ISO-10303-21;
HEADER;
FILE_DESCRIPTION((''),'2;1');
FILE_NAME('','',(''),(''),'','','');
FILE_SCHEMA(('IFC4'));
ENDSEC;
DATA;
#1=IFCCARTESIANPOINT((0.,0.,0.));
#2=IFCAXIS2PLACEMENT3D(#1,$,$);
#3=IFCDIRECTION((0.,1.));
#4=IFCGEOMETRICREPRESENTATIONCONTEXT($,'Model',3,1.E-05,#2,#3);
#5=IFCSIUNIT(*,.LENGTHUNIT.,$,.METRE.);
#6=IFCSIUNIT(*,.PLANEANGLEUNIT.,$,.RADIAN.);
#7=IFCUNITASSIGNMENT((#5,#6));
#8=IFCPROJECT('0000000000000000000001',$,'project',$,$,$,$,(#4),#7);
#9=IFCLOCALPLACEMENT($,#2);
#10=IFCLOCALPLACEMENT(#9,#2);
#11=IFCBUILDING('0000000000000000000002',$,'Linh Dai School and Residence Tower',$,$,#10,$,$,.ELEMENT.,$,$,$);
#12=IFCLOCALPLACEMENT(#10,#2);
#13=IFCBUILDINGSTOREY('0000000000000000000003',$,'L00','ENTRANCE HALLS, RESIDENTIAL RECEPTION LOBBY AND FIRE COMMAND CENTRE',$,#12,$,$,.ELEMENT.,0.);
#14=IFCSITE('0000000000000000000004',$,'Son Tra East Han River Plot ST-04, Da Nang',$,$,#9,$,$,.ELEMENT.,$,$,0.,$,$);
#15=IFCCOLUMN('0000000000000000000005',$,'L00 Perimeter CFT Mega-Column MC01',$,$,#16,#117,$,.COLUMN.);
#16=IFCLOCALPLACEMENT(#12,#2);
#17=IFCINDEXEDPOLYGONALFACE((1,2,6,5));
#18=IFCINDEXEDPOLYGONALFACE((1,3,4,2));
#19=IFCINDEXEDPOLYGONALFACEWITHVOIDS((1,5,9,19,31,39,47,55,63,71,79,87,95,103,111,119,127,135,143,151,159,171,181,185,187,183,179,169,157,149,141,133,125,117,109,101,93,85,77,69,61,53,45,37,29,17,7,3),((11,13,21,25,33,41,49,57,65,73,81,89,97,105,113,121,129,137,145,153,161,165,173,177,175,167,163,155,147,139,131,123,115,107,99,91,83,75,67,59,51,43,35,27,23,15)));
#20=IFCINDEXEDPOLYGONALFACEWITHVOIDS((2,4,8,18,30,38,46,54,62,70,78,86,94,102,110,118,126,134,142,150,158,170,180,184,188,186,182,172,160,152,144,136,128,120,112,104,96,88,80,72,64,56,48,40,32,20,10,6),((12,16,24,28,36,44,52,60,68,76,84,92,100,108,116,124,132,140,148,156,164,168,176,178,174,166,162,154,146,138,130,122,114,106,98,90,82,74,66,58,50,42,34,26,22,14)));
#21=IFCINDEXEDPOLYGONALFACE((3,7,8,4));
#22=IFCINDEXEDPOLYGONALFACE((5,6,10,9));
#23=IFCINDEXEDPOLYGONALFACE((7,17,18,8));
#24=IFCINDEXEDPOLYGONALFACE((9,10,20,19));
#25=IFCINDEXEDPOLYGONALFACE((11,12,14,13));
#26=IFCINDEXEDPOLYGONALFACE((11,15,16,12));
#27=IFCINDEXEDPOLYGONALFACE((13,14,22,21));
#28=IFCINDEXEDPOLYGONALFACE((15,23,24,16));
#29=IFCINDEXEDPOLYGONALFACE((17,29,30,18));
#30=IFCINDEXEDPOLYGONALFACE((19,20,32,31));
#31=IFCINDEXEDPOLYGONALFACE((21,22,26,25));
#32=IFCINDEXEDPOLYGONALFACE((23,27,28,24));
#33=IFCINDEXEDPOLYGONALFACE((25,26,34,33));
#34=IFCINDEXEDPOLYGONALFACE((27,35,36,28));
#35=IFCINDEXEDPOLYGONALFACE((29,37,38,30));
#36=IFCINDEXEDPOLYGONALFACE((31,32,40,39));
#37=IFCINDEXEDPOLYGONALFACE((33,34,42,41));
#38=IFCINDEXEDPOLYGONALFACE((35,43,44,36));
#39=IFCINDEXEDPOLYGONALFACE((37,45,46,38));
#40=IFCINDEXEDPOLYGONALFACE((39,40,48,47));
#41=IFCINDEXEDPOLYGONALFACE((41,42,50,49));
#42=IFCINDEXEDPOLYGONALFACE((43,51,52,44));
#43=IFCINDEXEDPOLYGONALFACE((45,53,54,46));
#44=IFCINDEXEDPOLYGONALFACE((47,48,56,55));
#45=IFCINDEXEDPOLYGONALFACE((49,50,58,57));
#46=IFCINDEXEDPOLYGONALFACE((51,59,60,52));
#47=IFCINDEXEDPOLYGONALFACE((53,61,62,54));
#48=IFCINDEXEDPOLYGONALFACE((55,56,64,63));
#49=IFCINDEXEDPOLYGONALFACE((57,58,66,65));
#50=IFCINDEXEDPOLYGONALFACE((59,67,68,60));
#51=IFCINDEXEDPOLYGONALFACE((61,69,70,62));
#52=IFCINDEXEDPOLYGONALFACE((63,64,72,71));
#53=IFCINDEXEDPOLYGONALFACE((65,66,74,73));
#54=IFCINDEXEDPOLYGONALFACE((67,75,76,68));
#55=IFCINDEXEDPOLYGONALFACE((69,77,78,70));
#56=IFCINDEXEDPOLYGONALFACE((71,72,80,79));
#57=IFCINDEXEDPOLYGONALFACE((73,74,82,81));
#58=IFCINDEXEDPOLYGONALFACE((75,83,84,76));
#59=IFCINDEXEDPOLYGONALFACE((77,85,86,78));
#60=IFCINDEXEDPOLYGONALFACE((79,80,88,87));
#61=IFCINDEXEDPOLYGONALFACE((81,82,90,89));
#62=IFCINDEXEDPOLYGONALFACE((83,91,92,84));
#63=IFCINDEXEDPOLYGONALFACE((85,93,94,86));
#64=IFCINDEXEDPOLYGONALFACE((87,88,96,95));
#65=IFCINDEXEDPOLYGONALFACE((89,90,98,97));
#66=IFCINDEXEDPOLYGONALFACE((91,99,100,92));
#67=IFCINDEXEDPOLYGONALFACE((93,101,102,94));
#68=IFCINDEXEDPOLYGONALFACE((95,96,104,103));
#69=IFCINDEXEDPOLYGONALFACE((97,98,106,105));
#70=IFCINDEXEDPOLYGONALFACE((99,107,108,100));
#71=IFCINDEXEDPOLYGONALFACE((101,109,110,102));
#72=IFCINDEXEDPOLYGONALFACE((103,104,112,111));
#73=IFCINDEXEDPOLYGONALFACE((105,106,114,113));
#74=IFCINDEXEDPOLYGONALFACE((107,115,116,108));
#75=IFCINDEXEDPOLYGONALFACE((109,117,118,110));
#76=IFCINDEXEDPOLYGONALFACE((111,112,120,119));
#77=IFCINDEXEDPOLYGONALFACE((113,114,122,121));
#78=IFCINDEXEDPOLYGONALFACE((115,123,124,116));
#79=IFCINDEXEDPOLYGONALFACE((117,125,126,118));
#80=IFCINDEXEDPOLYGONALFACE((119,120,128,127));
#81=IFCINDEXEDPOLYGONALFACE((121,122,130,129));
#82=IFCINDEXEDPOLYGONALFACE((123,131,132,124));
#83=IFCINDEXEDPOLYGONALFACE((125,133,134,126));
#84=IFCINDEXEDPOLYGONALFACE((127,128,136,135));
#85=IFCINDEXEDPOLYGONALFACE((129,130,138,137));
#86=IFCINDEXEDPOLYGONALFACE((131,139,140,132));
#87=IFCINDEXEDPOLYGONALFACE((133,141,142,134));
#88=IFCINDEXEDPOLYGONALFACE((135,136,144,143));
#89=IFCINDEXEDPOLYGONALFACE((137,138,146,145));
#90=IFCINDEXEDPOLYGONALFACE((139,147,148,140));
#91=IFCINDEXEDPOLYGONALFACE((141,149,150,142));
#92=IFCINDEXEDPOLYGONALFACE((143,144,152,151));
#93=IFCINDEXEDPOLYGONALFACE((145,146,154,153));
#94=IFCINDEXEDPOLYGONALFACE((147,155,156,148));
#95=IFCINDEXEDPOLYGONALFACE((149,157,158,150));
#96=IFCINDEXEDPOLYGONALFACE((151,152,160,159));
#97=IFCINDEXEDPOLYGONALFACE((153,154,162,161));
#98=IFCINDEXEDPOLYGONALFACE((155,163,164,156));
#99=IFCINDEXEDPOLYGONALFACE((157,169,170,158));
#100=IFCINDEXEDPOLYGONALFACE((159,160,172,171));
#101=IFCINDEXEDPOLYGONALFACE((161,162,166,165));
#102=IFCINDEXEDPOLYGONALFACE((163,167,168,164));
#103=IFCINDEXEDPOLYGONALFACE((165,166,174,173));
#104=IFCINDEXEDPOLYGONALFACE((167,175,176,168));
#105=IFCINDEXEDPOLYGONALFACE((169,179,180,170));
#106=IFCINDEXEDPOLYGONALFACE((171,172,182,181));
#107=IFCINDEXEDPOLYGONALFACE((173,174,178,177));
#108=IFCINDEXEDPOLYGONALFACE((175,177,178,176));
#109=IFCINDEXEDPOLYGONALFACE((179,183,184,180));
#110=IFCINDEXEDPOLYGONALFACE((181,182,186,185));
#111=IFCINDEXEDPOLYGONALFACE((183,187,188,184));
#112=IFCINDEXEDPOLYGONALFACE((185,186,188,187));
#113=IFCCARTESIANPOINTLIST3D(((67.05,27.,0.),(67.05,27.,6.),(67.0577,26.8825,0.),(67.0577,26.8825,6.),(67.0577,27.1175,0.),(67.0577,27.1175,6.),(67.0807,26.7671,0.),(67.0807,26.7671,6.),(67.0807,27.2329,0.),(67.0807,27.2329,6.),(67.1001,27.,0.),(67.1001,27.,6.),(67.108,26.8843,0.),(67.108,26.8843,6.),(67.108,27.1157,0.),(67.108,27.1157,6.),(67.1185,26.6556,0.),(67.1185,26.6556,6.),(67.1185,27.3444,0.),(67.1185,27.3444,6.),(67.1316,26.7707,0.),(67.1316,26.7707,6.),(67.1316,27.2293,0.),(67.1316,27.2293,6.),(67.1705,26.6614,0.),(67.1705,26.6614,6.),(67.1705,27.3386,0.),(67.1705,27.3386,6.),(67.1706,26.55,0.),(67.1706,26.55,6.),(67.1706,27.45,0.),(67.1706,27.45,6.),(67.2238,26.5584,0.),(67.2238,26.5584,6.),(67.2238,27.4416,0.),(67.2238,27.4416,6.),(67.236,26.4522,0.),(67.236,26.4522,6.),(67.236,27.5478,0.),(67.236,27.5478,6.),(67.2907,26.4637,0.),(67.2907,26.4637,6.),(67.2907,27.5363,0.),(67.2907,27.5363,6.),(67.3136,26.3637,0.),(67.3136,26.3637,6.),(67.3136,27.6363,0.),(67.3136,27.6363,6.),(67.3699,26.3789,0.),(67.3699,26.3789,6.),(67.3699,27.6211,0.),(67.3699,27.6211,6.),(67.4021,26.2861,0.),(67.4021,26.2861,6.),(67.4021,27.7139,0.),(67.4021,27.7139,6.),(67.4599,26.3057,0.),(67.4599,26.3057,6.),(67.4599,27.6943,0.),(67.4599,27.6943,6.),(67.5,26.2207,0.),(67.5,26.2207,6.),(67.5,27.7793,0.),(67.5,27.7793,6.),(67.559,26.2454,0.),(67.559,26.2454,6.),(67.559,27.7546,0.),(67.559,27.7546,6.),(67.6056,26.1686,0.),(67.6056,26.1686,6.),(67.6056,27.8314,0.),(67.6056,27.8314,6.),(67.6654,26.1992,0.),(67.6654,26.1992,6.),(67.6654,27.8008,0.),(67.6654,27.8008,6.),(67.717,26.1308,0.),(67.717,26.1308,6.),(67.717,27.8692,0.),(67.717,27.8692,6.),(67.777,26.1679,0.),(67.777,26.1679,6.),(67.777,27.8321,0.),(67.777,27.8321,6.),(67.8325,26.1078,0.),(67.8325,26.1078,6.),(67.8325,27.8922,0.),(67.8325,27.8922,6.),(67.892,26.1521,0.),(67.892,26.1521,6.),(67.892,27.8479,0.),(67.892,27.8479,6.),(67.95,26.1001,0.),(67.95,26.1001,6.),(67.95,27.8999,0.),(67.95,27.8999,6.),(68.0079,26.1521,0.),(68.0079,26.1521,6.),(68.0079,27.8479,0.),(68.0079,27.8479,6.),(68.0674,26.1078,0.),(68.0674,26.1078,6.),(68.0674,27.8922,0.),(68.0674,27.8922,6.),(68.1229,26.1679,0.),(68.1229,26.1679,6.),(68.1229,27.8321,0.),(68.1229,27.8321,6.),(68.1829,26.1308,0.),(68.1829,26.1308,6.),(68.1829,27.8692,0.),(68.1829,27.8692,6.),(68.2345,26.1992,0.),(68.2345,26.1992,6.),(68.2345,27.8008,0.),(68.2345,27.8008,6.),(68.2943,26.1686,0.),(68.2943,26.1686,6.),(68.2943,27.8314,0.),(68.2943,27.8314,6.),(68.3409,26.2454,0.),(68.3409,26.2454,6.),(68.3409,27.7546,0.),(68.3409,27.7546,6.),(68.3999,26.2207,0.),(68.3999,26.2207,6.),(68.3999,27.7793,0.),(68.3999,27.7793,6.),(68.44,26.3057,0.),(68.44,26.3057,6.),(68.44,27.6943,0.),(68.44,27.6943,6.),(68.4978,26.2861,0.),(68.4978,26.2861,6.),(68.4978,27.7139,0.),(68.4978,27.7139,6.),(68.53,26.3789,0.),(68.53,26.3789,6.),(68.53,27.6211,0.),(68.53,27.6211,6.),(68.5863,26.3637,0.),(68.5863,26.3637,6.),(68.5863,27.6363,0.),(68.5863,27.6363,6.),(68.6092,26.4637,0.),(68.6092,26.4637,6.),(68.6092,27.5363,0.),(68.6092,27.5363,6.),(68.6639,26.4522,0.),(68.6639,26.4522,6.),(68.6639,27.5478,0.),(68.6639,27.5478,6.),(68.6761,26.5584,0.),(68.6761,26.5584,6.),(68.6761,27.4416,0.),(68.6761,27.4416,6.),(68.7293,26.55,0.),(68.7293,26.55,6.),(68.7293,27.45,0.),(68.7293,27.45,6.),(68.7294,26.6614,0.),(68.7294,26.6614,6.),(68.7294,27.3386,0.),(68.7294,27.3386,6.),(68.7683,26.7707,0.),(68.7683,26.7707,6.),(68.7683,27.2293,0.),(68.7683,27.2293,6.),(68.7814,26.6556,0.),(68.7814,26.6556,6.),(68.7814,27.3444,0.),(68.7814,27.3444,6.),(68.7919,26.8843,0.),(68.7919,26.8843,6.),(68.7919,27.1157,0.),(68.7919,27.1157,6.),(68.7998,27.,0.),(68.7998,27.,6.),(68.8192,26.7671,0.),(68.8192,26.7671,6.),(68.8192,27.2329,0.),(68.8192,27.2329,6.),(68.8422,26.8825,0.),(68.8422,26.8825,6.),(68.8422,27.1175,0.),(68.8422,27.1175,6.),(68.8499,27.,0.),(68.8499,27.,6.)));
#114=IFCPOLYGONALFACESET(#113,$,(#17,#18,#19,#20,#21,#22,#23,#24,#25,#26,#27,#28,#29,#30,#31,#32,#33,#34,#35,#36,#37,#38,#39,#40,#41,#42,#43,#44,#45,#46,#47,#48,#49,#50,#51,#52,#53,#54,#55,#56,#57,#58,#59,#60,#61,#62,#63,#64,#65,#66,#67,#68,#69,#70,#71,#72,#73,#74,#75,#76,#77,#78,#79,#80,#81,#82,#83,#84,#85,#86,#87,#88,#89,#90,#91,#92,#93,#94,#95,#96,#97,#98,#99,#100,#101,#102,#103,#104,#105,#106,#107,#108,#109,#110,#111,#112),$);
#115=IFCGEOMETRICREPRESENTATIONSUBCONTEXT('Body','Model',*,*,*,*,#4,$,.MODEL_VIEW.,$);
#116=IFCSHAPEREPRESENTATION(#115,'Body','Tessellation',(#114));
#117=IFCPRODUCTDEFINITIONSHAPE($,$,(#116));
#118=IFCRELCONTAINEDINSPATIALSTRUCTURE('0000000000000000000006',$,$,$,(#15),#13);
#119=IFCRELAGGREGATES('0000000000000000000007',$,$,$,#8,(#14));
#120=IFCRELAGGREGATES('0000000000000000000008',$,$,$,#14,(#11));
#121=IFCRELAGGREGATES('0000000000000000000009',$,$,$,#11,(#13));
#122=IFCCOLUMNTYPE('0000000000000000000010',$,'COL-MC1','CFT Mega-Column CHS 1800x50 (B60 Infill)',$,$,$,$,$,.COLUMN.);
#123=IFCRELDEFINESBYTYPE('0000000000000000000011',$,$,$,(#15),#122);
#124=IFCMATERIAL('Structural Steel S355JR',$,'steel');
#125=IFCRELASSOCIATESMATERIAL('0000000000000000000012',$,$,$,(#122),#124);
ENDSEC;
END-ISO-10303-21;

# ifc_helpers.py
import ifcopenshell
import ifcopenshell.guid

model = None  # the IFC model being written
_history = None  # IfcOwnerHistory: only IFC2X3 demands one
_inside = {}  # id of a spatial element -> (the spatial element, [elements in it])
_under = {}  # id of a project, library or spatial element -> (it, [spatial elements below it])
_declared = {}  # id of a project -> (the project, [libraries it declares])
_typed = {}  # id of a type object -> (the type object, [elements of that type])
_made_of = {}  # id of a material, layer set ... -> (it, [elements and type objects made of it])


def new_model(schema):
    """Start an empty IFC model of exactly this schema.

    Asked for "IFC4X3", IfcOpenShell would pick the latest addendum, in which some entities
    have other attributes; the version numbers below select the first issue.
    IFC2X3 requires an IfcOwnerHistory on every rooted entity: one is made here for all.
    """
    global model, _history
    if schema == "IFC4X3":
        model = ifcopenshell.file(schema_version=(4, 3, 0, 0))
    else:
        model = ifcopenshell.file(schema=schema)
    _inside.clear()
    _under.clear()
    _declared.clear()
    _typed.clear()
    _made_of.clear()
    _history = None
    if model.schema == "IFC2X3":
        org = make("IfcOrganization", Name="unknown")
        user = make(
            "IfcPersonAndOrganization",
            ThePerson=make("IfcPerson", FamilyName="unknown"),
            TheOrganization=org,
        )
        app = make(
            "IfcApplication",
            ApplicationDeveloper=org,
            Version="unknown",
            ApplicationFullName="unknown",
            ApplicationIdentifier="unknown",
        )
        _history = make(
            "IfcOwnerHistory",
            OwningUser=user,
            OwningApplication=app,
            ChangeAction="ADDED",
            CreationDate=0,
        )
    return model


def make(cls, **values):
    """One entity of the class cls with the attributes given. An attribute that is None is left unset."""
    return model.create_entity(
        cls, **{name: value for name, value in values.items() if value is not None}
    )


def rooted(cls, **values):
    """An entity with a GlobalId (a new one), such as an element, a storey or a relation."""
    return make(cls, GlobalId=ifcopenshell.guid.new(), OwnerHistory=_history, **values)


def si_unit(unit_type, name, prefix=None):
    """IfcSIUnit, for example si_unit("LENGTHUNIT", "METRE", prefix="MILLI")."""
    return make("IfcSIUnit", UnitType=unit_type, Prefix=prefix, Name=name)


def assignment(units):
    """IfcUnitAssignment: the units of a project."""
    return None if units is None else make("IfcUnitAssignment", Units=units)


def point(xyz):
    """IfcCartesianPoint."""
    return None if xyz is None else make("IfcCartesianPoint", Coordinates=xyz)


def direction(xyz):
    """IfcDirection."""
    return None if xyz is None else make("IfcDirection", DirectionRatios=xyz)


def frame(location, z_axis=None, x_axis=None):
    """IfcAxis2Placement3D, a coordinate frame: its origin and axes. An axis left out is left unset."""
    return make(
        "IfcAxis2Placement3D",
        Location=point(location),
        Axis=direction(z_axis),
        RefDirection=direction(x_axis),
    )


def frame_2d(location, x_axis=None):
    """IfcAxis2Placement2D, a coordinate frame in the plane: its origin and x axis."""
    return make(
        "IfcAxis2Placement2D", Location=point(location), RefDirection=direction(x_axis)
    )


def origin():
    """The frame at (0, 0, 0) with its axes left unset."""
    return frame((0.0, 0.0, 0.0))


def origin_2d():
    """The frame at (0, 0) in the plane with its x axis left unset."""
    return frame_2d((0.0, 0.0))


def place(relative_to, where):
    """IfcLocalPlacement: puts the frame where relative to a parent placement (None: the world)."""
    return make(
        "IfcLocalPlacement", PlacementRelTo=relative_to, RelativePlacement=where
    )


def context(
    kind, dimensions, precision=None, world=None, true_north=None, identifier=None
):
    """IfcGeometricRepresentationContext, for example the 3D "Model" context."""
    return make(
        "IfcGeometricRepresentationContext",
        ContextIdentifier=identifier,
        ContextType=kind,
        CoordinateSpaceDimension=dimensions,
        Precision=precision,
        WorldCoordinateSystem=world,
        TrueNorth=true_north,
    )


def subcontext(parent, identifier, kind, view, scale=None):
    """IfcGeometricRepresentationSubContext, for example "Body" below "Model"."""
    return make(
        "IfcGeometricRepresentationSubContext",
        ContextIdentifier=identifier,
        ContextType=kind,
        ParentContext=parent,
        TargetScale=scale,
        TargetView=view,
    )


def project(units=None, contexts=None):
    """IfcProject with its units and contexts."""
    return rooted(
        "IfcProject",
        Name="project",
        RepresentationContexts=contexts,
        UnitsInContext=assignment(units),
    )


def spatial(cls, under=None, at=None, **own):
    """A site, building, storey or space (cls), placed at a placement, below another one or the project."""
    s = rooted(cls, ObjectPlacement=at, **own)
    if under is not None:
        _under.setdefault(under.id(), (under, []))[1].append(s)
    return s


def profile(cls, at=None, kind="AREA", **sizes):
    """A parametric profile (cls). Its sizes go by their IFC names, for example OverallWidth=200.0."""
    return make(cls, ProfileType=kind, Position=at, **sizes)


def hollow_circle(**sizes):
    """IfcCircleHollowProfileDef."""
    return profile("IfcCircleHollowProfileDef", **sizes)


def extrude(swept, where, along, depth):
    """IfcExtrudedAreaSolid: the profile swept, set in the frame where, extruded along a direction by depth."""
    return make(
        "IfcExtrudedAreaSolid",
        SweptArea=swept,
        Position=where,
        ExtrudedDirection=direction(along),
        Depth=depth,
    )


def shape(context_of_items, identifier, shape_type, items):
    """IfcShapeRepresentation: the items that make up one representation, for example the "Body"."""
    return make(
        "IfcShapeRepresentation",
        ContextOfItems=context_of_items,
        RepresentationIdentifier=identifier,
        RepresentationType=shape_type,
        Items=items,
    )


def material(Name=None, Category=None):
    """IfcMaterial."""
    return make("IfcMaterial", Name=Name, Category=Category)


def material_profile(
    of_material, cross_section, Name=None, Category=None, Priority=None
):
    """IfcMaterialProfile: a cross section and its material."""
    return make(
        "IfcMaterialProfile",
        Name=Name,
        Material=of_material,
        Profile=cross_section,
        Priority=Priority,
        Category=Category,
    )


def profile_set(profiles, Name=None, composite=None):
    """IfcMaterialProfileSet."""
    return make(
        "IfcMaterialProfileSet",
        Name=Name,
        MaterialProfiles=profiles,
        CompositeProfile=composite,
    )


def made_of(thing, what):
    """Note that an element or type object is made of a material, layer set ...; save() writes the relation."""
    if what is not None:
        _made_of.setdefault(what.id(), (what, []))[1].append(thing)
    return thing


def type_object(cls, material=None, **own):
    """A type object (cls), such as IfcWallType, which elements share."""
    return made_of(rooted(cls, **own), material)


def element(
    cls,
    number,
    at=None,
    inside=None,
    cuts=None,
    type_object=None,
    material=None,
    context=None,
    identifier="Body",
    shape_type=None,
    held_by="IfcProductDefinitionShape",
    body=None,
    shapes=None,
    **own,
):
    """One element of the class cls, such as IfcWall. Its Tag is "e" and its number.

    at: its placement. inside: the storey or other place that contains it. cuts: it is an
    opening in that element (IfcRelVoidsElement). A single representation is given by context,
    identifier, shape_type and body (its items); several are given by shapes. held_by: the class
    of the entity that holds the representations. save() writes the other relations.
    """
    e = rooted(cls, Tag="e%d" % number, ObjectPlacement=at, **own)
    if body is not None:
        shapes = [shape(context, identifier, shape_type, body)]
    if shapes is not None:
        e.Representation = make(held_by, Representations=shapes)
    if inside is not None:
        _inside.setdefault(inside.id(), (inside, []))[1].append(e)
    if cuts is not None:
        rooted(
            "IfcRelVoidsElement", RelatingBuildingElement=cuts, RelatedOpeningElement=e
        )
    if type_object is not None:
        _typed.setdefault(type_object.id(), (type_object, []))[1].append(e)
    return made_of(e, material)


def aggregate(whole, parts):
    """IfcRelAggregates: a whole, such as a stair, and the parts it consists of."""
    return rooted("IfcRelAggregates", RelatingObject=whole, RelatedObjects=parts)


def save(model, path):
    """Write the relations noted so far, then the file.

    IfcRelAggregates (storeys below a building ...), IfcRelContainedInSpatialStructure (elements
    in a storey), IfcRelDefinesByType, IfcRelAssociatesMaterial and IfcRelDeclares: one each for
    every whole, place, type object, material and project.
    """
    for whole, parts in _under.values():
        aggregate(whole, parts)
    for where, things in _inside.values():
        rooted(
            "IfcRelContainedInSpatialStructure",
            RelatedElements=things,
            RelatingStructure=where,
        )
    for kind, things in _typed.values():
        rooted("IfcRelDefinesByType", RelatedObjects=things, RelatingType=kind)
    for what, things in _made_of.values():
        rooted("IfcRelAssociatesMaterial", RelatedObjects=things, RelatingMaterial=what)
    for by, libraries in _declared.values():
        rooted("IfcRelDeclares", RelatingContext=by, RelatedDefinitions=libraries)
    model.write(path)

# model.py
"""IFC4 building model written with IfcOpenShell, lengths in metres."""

from ifc_helpers import new_model, si_unit, direction, frame, origin, origin_2d, place, context, subcontext, project, spatial, hollow_circle, extrude, material, material_profile, profile_set, type_object, element, save


model = new_model("IFC4")

# Units and contexts
model_context = context("Model", 3, precision=1e-05, world=origin(), true_north=direction((0.0, 1.0)))
body_context = subcontext(model_context, "Body", "Model", "MODEL_VIEW")
ifc_project = project(units=[si_unit("LENGTHUNIT", "METRE"), si_unit("PLANEANGLEUNIT", "RADIAN")], contexts=[model_context])

# Site, building, storey
site_placement = place(None, origin())
site = spatial("IfcSite", under=ifc_project, at=site_placement, Name="Son Tra East Han River Plot ST-04, Da Nang", CompositionType="ELEMENT", RefElevation=0.0)
building_placement = place(site_placement, origin())
building = spatial("IfcBuilding", under=site, at=building_placement, Name="Linh Dai School and Residence Tower", CompositionType="ELEMENT")
storey_placement = place(building_placement, origin())
storey = spatial("IfcBuildingStorey", under=building, at=storey_placement, Name="L00", Description="ENTRANCE HALLS, RESIDENTIAL RECEPTION LOBBY AND FIRE COMMAND CENTRE", CompositionType="ELEMENT", Elevation=0.0)

# Column
ifc_material_1 = material(Name="Structural Steel S355JR", Category="steel")
ifc_material_profile_1 = material_profile(ifc_material_1, hollow_circle(Radius=0.8999, WallThickness=0.05, at=origin_2d()), Name="CHS 1800x50")
ifc_profile_set_1 = profile_set([ifc_material_profile_1], Name="Structural Steel S355JR")
column_type_1 = type_object("IfcColumnType", Name="COL-MC1", Description="CFT Mega-Column CHS 1800x50 (B60 Infill)", PredefinedType="COLUMN", material=ifc_profile_set_1)
for number, where, z_axis, x_axis, name in (
    (1, (67.95, 27.0, 0.0), (0.0, 0.0, 1.0), (1.0, 0.0, 0.0), "L00 Perimeter CFT Mega-Column MC01"),
):
    element("IfcColumn", number, at=place(storey_placement, frame(where, z_axis=z_axis, x_axis=x_axis)), inside=storey, type_object=column_type_1, Name=name, PredefinedType="COLUMN", context=body_context, shape_type="SweptSolid", body=[
        extrude(hollow_circle(Radius=0.8999, WallThickness=0.05, at=origin_2d()), origin(), (0.0, 0.0, 1.0), 6.0),
    ])

save(model, "model.ifc")
